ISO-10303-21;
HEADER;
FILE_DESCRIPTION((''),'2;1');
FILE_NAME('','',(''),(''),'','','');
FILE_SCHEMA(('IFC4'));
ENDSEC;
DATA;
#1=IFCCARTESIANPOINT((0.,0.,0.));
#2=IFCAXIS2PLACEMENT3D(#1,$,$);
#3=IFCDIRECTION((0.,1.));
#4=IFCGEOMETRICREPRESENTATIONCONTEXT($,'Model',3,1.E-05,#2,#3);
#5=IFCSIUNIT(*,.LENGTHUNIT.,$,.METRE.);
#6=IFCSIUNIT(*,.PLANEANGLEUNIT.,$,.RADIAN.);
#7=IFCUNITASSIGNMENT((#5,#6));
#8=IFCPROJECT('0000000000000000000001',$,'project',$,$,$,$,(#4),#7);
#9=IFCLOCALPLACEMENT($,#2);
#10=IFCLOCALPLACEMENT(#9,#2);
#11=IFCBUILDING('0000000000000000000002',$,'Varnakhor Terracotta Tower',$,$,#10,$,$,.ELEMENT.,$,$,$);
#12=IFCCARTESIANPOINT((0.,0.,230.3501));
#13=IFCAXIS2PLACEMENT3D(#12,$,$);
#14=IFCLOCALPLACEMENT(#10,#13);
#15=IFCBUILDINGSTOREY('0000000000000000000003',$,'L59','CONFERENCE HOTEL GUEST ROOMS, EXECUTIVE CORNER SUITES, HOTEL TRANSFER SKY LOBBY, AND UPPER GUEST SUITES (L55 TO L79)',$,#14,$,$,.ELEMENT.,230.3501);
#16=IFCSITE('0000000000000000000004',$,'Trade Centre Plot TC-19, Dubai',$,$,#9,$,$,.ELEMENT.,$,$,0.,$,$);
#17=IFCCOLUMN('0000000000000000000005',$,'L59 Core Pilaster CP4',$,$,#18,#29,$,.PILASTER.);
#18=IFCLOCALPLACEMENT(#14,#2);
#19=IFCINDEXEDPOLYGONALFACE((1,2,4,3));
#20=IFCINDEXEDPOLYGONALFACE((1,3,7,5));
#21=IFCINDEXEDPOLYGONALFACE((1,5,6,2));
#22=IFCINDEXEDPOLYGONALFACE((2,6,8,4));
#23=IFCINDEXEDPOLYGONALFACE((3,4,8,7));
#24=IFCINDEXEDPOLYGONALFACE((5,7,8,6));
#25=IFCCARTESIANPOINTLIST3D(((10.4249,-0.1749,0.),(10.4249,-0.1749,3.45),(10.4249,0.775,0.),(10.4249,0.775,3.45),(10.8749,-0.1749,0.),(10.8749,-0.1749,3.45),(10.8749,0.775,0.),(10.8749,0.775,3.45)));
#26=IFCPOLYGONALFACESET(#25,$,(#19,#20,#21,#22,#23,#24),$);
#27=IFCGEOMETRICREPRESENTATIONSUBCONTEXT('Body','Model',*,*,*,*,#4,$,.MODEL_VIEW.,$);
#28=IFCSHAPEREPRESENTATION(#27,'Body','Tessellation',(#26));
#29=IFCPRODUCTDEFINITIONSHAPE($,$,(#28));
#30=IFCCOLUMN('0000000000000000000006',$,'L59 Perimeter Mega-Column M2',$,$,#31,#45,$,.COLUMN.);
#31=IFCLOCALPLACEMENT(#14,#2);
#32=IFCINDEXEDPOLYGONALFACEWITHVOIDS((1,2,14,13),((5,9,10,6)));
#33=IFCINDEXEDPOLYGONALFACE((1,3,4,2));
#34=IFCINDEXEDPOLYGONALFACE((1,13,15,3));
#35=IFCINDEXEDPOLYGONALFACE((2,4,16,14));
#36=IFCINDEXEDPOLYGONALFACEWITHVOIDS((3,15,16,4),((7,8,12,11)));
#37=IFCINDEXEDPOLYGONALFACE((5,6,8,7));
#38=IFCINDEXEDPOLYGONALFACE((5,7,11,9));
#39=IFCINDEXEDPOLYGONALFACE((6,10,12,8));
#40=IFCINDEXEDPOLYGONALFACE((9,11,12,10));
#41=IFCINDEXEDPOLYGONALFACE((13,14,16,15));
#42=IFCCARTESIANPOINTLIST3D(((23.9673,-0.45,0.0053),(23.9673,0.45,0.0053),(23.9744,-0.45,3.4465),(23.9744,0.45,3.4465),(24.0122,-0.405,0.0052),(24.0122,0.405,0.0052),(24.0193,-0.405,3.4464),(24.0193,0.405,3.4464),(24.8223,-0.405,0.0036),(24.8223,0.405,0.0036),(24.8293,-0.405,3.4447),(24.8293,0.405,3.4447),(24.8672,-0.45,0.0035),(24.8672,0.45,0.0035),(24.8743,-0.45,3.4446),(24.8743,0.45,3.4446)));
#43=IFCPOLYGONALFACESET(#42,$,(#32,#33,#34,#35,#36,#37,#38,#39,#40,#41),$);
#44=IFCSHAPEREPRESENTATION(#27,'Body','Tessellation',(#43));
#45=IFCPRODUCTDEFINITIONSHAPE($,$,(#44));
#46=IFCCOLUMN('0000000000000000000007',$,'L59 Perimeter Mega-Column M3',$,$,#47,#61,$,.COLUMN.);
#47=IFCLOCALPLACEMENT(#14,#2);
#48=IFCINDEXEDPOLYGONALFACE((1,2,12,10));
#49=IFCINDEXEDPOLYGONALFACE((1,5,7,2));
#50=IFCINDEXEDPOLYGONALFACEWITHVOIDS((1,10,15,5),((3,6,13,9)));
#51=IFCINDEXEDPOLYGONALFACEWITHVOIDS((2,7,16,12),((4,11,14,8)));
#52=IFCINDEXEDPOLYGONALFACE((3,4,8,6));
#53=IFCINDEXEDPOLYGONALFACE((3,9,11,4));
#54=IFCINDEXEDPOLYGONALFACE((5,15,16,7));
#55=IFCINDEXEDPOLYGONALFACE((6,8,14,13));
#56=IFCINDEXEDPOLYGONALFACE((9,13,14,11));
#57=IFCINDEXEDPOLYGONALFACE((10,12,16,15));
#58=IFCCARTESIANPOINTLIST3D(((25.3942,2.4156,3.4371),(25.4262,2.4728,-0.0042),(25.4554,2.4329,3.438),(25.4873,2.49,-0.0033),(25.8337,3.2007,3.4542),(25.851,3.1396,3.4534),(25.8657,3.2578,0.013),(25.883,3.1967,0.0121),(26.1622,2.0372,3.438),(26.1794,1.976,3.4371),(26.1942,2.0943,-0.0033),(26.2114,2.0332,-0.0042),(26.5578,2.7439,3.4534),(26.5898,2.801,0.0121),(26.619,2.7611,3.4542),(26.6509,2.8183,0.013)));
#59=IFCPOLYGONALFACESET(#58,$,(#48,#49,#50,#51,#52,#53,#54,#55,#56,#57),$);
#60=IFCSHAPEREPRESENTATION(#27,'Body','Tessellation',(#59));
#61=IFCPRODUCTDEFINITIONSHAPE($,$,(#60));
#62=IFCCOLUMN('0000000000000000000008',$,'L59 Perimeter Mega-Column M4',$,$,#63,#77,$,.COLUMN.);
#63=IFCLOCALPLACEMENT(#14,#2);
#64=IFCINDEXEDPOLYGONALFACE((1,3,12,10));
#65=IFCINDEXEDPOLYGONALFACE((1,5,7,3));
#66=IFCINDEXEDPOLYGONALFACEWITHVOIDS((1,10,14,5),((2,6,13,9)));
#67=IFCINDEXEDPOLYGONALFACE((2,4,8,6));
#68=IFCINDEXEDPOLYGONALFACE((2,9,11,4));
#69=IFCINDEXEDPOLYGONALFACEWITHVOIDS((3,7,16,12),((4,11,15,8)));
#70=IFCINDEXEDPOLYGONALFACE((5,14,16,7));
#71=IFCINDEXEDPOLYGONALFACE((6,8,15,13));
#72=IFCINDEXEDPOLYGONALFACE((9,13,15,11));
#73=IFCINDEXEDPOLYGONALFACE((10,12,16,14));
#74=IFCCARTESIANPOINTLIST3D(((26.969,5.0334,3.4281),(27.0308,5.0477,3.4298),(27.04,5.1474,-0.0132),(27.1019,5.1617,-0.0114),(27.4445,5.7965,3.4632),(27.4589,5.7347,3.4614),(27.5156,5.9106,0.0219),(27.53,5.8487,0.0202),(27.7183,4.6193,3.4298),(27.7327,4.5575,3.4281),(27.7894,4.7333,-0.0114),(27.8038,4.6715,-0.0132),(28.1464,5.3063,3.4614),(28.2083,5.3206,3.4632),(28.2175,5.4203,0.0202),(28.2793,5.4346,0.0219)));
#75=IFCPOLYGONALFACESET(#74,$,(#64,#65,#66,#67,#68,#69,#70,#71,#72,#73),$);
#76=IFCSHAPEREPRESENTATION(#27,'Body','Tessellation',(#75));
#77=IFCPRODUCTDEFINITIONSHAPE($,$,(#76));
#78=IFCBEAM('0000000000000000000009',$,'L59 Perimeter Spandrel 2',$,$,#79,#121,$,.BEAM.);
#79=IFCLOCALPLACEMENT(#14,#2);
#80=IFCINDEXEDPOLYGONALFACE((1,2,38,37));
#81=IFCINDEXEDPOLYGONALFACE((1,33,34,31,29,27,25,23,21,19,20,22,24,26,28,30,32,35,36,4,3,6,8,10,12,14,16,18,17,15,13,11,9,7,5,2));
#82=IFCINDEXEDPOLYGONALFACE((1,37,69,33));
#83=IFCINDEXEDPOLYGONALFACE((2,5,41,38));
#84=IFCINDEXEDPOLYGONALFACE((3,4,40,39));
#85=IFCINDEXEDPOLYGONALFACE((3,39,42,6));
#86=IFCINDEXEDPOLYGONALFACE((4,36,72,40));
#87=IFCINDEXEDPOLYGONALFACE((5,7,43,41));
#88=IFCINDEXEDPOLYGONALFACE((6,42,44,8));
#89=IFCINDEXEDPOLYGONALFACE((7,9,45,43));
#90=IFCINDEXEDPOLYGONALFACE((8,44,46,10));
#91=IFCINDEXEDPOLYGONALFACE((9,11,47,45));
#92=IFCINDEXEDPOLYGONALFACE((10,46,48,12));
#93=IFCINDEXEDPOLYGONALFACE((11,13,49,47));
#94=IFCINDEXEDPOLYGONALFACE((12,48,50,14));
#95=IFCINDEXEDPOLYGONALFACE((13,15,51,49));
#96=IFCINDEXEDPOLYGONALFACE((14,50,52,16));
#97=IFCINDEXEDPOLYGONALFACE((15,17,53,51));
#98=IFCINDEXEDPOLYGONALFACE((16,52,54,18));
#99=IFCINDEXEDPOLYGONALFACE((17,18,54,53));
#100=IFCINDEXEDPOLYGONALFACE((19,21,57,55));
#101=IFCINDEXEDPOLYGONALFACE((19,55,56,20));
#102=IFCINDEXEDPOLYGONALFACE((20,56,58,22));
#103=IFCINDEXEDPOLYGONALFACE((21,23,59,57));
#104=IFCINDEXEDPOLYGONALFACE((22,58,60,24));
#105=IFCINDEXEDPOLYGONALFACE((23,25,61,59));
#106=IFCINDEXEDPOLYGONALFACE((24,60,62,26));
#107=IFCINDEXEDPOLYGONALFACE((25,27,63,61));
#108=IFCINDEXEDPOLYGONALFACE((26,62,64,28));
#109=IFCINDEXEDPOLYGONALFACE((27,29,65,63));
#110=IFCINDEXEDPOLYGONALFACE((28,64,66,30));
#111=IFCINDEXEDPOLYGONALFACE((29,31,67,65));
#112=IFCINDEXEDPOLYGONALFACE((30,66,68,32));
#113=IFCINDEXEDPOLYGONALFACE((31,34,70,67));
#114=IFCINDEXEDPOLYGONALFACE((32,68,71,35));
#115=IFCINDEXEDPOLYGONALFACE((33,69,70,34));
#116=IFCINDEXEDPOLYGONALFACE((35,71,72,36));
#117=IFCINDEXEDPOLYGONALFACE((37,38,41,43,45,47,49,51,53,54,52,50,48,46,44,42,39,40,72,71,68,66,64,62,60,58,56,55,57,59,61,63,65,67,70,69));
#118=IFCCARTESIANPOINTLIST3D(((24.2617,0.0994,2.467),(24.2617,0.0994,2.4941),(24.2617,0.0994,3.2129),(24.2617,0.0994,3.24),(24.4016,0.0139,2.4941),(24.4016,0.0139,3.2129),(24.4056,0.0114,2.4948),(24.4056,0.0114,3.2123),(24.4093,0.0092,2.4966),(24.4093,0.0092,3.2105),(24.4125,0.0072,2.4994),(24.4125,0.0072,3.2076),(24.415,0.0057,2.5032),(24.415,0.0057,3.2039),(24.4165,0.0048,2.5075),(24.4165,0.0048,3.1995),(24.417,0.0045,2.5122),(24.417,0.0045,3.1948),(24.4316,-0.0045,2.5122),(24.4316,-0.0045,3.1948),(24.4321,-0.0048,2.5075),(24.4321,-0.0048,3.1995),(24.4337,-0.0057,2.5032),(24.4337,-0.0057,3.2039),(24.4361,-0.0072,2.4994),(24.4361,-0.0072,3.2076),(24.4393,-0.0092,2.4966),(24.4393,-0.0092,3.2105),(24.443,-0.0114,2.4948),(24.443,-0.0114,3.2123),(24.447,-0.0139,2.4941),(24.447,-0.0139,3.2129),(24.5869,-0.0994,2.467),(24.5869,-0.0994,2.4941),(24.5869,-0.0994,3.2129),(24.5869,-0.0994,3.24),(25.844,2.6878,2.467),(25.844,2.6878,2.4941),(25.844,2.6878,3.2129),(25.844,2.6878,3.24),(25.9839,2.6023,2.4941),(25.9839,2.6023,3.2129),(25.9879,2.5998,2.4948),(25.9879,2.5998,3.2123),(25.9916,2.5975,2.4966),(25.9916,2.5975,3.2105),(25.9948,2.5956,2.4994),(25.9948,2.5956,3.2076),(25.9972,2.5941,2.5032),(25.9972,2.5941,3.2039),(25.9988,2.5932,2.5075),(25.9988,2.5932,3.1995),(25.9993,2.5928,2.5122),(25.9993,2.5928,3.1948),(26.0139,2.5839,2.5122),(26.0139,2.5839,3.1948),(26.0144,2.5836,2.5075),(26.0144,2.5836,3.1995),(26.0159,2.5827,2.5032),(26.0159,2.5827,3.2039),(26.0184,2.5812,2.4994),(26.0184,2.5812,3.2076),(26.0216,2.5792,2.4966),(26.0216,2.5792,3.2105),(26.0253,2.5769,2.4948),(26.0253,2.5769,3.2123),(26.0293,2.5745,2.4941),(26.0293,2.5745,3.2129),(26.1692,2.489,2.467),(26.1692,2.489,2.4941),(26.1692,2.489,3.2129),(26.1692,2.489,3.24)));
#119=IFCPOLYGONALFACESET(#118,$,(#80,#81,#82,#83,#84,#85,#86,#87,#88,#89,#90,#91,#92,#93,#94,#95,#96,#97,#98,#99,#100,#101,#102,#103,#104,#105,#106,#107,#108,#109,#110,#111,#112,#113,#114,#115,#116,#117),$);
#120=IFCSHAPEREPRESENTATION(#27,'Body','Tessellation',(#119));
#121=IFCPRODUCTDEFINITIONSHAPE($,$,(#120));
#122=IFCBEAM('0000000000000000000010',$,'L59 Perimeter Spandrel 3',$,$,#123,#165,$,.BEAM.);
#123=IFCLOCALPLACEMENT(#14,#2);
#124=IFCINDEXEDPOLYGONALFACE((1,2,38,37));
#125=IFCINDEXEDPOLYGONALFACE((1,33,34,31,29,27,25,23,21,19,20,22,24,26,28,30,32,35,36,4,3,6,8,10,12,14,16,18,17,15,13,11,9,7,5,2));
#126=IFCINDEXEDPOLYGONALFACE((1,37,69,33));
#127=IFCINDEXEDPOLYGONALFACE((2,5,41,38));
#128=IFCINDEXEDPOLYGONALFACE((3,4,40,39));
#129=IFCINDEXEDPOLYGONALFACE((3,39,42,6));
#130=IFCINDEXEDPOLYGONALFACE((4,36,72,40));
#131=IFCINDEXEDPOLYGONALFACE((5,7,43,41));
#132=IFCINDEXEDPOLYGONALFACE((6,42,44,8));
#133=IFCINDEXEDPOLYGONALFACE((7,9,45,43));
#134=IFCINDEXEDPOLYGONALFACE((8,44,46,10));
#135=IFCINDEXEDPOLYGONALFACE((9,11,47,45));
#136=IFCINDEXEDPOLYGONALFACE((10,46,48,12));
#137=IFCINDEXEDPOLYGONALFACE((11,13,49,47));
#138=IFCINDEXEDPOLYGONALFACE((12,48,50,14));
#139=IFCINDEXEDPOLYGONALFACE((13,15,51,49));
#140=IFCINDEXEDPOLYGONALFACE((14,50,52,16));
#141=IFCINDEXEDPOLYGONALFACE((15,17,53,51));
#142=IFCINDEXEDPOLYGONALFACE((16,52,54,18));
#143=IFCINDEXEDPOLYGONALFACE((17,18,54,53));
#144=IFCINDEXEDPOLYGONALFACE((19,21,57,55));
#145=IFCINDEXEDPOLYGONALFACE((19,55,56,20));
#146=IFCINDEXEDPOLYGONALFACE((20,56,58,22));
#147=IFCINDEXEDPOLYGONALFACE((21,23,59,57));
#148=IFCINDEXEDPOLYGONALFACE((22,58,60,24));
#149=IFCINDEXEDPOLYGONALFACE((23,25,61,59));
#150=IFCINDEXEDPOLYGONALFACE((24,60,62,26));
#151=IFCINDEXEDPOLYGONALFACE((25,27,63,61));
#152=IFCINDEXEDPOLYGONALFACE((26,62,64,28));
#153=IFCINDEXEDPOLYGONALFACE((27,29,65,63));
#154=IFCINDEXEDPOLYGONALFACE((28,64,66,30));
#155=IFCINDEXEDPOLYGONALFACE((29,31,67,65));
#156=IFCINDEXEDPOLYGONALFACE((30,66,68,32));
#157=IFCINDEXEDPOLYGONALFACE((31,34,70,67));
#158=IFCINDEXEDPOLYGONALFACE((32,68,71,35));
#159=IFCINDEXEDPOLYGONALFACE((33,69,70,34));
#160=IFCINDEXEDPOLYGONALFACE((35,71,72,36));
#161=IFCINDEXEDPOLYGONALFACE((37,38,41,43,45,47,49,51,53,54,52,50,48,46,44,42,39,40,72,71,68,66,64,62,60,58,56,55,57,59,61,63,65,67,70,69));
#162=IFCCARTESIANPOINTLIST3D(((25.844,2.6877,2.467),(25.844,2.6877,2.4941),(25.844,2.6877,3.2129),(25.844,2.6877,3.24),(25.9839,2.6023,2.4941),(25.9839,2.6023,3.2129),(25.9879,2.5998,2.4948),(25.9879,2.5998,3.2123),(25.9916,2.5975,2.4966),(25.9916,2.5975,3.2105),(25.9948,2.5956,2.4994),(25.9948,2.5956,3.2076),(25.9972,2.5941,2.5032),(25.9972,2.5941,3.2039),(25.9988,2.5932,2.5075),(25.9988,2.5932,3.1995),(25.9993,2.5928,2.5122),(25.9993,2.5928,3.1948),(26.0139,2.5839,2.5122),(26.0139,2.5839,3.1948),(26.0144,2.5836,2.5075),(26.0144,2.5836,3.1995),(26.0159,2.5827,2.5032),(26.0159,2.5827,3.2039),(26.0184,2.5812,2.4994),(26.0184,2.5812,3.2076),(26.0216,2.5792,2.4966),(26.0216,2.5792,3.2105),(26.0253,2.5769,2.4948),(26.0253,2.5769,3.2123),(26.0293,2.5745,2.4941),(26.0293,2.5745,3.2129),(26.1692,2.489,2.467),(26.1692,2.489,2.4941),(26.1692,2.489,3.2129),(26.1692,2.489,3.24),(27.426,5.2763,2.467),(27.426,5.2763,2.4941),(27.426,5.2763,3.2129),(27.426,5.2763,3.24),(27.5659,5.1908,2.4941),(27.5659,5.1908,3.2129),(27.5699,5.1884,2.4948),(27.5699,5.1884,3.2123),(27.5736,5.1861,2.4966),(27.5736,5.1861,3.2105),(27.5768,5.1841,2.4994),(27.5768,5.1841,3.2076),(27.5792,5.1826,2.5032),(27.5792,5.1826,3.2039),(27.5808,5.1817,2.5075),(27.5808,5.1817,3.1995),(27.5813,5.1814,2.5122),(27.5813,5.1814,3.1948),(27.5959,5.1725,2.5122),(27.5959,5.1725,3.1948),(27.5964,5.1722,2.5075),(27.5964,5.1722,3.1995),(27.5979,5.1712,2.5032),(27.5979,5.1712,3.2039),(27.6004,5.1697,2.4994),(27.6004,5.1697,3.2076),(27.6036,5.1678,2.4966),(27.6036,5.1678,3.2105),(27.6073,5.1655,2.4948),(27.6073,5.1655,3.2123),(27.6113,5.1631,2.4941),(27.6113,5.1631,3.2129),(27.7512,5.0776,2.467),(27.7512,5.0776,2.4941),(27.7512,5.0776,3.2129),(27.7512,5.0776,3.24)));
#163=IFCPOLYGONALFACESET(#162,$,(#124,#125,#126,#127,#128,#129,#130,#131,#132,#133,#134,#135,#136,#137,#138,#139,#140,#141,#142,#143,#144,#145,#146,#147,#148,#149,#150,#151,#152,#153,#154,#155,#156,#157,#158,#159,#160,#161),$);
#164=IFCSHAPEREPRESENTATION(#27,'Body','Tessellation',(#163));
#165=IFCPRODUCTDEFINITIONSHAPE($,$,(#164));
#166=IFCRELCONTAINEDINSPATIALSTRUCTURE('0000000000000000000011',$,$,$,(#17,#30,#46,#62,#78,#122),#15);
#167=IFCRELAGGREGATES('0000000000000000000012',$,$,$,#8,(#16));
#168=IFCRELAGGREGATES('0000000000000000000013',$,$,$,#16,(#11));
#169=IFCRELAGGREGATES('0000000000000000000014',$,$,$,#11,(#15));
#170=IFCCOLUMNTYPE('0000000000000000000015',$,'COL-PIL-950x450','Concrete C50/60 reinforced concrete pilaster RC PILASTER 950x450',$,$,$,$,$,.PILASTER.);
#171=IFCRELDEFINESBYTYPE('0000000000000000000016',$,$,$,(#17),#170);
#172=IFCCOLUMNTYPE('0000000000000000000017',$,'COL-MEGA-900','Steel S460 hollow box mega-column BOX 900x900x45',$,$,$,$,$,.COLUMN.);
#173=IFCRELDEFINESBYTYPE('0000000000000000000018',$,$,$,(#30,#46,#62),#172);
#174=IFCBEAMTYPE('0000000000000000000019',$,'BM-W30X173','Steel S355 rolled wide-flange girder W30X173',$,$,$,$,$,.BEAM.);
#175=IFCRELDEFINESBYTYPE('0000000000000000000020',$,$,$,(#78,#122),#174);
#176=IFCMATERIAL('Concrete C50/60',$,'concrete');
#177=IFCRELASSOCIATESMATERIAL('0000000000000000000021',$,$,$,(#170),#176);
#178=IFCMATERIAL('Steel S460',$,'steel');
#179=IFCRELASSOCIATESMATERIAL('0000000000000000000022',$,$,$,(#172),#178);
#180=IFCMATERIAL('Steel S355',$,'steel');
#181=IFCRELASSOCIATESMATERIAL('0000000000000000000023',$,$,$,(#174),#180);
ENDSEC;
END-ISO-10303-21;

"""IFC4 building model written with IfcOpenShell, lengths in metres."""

from ifc_helpers import new_model, si_unit, direction, frame, origin, origin_2d, place, context, subcontext, project, spatial, rectangle, hollow_rectangle, i_section, extrude, source, transform, mapped, material, material_profile, profile_set, type_object, element, save


model = new_model("IFC4")

# Units and contexts
model_context = context("Model", 3, precision=1e-05, world=origin(), true_north=direction((0.0, 1.0)))
body_context = subcontext(model_context, "Body", "Model", "MODEL_VIEW")
ifc_project = project(units=[si_unit("LENGTHUNIT", "METRE"), si_unit("PLANEANGLEUNIT", "RADIAN")], contexts=[model_context])

# Site, building, storey
site_placement = place(None, origin())
site = spatial("IfcSite", under=ifc_project, at=site_placement, Name="Trade Centre Plot TC-19, Dubai", CompositionType="ELEMENT", RefElevation=0.0)
building_placement = place(site_placement, origin())
building = spatial("IfcBuilding", under=site, at=building_placement, Name="Varnakhor Terracotta Tower", CompositionType="ELEMENT")
storey_placement = place(building_placement, frame((0.0, 0.0, 230.3501)))
storey = spatial("IfcBuildingStorey", under=building, at=storey_placement, Name="L59", Description="CONFERENCE HOTEL GUEST ROOMS, EXECUTIVE CORNER SUITES, HOTEL TRANSFER SKY LOBBY, AND UPPER GUEST SUITES (L55 TO L79)", CompositionType="ELEMENT", Elevation=230.3501)

# Columns
ifc_material_1 = material(Name="Concrete C50/60", Category="concrete")
ifc_material_profile_1 = material_profile(ifc_material_1, rectangle(XDim=0.45, YDim=0.95, at=origin_2d()), Name="RC PILASTER 950x450")
ifc_profile_set_1 = profile_set([ifc_material_profile_1], Name="Concrete C50/60")
column_type_1 = type_object("IfcColumnType", Name="COL-PIL-950x450", Description="Concrete C50/60 reinforced concrete pilaster RC PILASTER 950x450", PredefinedType="PILASTER", material=ifc_profile_set_1)
shared_shape_1 = source(origin(), body_context, "Body", "SweptSolid", [
    extrude(rectangle(XDim=0.45, YDim=0.95, at=origin_2d()), origin(), (0.0, 0.0, 1.0), 3.45),
])
column_1_placement = place(storey_placement, frame((10.6499, 0.3, 0.0), z_axis=(0.0, 0.0, 1.0), x_axis=(1.0, 0.0, 0.0)))
element("IfcColumn", 1, at=column_1_placement, inside=storey, type_object=column_type_1, Name="L59 Core Pilaster CP4", PredefinedType="PILASTER", context=body_context, shape_type="MappedRepresentation", body=[
    mapped(shared_shape_1, transform((0.0, 0.0, 0.0), scale=1.0)),
])
ifc_material_2 = material(Name="Steel S460", Category="steel")
ifc_material_profile_2 = material_profile(ifc_material_2, hollow_rectangle(XDim=0.8999, YDim=0.8999, WallThickness=0.0449, at=origin_2d()), Name="BOX 900x900x45")
ifc_profile_set_2 = profile_set([ifc_material_profile_2], Name="Steel S460")
column_type_2 = type_object("IfcColumnType", Name="COL-MEGA-900", Description="Steel S460 hollow box mega-column BOX 900x900x45", PredefinedType="COLUMN", material=ifc_profile_set_2)
shared_shape_2 = source(origin(), body_context, "Body", "SweptSolid", [
    extrude(hollow_rectangle(XDim=0.8999, YDim=0.8999, WallThickness=0.0449, at=origin_2d()), origin(), (0.0, 0.0, 1.0), 3.4412),
])
column_2_placement = place(storey_placement, frame((24.4172, 0.0, 0.0044), z_axis=(0.002057, 0.0, 0.999998), x_axis=(0.0, 1.0, 0.0)))
element("IfcColumn", 2, at=column_2_placement, inside=storey, type_object=column_type_2, Name="L59 Perimeter Mega-Column M2", PredefinedType="COLUMN", context=body_context, shape_type="MappedRepresentation", body=[
    mapped(shared_shape_2, transform((0.0, 0.0, 0.0), scale=1.0)),
])
shared_shape_3 = source(origin(), body_context, "Body", "SweptSolid", [
    extrude(hollow_rectangle(XDim=0.8999, YDim=0.8999, WallThickness=0.0449, at=origin_2d()), origin(), (0.0, 0.0, 1.0), 3.4419),
])
column_3_placement = place(storey_placement, frame((26.0386, 2.6455, 0.0044), z_axis=(-0.009292, -0.016599, 0.999819), x_axis=(0.87257, -0.48849, 0.0)))
element("IfcColumn", 3, at=column_3_placement, inside=storey, type_object=column_type_2, Name="L59 Perimeter Mega-Column M3", PredefinedType="COLUMN", context=body_context, shape_type="MappedRepresentation", body=[
    mapped(shared_shape_3, transform((0.0, 0.0, 0.0), scale=1.0)),
])
shared_shape_4 = source(origin(), body_context, "Body", "SweptSolid", [
    extrude(hollow_rectangle(XDim=0.8999, YDim=0.8999, WallThickness=0.0449, at=origin_2d()), origin(), (0.0, 0.0, 1.0), 3.4438),
])
column_4_placement = place(storey_placement, frame((27.6597, 5.291, 0.0044), z_axis=(-0.02063, -0.033107, 0.999239), x_axis=(0.848712, -0.528855, 0.0)))
element("IfcColumn", 4, at=column_4_placement, inside=storey, type_object=column_type_2, Name="L59 Perimeter Mega-Column M4", PredefinedType="COLUMN", context=body_context, shape_type="MappedRepresentation", body=[
    mapped(shared_shape_4, transform((0.0, 0.0, 0.0), scale=1.0)),
])

# Beams
ifc_material_3 = material(Name="Steel S355", Category="steel")
ifc_material_profile_3 = material_profile(ifc_material_3, i_section(OverallWidth=0.3811, OverallDepth=0.7729, WebThickness=0.0171, FlangeThickness=0.0271, FilletRadius=0.0181, at=origin_2d()), Name="W30X173")
ifc_profile_set_3 = profile_set([ifc_material_profile_3], Name="Steel S355")
beam_type_1 = type_object("IfcBeamType", Name="BM-W30X173", Description="Steel S355 rolled wide-flange girder W30X173", PredefinedType="BEAM", material=ifc_profile_set_3)
shared_shape_5 = source(origin(), body_context, "Body", "SweptSolid", [
    extrude(i_section(OverallWidth=0.3811, OverallDepth=0.7729, WebThickness=0.0171, FlangeThickness=0.0271, FilletRadius=0.0181, at=origin_2d()), origin(), (0.0, 0.0, 1.0), 3.0337),
])
for number, where, z_axis, x_axis, name in (
    (5, (24.4243, 0.0, 2.8535), (0.521567, 0.85321, 0.0), (-0.85321, 0.521567, 0.0), "L59 Perimeter Spandrel 2"),
    (6, (26.0066, 2.5884, 2.8535), (0.521473, 0.853268, 0.0), (-0.853268, 0.521473, 0.0), "L59 Perimeter Spandrel 3"),
):
    element("IfcBeam", number, at=place(storey_placement, frame(where, z_axis=z_axis, x_axis=x_axis)), inside=storey, type_object=beam_type_1, Name=name, PredefinedType="BEAM", context=body_context, shape_type="MappedRepresentation", body=[
        mapped(shared_shape_5, transform((0.0, 0.0, 0.0), scale=1.0)),
    ])

save(model, "model.ifc")
